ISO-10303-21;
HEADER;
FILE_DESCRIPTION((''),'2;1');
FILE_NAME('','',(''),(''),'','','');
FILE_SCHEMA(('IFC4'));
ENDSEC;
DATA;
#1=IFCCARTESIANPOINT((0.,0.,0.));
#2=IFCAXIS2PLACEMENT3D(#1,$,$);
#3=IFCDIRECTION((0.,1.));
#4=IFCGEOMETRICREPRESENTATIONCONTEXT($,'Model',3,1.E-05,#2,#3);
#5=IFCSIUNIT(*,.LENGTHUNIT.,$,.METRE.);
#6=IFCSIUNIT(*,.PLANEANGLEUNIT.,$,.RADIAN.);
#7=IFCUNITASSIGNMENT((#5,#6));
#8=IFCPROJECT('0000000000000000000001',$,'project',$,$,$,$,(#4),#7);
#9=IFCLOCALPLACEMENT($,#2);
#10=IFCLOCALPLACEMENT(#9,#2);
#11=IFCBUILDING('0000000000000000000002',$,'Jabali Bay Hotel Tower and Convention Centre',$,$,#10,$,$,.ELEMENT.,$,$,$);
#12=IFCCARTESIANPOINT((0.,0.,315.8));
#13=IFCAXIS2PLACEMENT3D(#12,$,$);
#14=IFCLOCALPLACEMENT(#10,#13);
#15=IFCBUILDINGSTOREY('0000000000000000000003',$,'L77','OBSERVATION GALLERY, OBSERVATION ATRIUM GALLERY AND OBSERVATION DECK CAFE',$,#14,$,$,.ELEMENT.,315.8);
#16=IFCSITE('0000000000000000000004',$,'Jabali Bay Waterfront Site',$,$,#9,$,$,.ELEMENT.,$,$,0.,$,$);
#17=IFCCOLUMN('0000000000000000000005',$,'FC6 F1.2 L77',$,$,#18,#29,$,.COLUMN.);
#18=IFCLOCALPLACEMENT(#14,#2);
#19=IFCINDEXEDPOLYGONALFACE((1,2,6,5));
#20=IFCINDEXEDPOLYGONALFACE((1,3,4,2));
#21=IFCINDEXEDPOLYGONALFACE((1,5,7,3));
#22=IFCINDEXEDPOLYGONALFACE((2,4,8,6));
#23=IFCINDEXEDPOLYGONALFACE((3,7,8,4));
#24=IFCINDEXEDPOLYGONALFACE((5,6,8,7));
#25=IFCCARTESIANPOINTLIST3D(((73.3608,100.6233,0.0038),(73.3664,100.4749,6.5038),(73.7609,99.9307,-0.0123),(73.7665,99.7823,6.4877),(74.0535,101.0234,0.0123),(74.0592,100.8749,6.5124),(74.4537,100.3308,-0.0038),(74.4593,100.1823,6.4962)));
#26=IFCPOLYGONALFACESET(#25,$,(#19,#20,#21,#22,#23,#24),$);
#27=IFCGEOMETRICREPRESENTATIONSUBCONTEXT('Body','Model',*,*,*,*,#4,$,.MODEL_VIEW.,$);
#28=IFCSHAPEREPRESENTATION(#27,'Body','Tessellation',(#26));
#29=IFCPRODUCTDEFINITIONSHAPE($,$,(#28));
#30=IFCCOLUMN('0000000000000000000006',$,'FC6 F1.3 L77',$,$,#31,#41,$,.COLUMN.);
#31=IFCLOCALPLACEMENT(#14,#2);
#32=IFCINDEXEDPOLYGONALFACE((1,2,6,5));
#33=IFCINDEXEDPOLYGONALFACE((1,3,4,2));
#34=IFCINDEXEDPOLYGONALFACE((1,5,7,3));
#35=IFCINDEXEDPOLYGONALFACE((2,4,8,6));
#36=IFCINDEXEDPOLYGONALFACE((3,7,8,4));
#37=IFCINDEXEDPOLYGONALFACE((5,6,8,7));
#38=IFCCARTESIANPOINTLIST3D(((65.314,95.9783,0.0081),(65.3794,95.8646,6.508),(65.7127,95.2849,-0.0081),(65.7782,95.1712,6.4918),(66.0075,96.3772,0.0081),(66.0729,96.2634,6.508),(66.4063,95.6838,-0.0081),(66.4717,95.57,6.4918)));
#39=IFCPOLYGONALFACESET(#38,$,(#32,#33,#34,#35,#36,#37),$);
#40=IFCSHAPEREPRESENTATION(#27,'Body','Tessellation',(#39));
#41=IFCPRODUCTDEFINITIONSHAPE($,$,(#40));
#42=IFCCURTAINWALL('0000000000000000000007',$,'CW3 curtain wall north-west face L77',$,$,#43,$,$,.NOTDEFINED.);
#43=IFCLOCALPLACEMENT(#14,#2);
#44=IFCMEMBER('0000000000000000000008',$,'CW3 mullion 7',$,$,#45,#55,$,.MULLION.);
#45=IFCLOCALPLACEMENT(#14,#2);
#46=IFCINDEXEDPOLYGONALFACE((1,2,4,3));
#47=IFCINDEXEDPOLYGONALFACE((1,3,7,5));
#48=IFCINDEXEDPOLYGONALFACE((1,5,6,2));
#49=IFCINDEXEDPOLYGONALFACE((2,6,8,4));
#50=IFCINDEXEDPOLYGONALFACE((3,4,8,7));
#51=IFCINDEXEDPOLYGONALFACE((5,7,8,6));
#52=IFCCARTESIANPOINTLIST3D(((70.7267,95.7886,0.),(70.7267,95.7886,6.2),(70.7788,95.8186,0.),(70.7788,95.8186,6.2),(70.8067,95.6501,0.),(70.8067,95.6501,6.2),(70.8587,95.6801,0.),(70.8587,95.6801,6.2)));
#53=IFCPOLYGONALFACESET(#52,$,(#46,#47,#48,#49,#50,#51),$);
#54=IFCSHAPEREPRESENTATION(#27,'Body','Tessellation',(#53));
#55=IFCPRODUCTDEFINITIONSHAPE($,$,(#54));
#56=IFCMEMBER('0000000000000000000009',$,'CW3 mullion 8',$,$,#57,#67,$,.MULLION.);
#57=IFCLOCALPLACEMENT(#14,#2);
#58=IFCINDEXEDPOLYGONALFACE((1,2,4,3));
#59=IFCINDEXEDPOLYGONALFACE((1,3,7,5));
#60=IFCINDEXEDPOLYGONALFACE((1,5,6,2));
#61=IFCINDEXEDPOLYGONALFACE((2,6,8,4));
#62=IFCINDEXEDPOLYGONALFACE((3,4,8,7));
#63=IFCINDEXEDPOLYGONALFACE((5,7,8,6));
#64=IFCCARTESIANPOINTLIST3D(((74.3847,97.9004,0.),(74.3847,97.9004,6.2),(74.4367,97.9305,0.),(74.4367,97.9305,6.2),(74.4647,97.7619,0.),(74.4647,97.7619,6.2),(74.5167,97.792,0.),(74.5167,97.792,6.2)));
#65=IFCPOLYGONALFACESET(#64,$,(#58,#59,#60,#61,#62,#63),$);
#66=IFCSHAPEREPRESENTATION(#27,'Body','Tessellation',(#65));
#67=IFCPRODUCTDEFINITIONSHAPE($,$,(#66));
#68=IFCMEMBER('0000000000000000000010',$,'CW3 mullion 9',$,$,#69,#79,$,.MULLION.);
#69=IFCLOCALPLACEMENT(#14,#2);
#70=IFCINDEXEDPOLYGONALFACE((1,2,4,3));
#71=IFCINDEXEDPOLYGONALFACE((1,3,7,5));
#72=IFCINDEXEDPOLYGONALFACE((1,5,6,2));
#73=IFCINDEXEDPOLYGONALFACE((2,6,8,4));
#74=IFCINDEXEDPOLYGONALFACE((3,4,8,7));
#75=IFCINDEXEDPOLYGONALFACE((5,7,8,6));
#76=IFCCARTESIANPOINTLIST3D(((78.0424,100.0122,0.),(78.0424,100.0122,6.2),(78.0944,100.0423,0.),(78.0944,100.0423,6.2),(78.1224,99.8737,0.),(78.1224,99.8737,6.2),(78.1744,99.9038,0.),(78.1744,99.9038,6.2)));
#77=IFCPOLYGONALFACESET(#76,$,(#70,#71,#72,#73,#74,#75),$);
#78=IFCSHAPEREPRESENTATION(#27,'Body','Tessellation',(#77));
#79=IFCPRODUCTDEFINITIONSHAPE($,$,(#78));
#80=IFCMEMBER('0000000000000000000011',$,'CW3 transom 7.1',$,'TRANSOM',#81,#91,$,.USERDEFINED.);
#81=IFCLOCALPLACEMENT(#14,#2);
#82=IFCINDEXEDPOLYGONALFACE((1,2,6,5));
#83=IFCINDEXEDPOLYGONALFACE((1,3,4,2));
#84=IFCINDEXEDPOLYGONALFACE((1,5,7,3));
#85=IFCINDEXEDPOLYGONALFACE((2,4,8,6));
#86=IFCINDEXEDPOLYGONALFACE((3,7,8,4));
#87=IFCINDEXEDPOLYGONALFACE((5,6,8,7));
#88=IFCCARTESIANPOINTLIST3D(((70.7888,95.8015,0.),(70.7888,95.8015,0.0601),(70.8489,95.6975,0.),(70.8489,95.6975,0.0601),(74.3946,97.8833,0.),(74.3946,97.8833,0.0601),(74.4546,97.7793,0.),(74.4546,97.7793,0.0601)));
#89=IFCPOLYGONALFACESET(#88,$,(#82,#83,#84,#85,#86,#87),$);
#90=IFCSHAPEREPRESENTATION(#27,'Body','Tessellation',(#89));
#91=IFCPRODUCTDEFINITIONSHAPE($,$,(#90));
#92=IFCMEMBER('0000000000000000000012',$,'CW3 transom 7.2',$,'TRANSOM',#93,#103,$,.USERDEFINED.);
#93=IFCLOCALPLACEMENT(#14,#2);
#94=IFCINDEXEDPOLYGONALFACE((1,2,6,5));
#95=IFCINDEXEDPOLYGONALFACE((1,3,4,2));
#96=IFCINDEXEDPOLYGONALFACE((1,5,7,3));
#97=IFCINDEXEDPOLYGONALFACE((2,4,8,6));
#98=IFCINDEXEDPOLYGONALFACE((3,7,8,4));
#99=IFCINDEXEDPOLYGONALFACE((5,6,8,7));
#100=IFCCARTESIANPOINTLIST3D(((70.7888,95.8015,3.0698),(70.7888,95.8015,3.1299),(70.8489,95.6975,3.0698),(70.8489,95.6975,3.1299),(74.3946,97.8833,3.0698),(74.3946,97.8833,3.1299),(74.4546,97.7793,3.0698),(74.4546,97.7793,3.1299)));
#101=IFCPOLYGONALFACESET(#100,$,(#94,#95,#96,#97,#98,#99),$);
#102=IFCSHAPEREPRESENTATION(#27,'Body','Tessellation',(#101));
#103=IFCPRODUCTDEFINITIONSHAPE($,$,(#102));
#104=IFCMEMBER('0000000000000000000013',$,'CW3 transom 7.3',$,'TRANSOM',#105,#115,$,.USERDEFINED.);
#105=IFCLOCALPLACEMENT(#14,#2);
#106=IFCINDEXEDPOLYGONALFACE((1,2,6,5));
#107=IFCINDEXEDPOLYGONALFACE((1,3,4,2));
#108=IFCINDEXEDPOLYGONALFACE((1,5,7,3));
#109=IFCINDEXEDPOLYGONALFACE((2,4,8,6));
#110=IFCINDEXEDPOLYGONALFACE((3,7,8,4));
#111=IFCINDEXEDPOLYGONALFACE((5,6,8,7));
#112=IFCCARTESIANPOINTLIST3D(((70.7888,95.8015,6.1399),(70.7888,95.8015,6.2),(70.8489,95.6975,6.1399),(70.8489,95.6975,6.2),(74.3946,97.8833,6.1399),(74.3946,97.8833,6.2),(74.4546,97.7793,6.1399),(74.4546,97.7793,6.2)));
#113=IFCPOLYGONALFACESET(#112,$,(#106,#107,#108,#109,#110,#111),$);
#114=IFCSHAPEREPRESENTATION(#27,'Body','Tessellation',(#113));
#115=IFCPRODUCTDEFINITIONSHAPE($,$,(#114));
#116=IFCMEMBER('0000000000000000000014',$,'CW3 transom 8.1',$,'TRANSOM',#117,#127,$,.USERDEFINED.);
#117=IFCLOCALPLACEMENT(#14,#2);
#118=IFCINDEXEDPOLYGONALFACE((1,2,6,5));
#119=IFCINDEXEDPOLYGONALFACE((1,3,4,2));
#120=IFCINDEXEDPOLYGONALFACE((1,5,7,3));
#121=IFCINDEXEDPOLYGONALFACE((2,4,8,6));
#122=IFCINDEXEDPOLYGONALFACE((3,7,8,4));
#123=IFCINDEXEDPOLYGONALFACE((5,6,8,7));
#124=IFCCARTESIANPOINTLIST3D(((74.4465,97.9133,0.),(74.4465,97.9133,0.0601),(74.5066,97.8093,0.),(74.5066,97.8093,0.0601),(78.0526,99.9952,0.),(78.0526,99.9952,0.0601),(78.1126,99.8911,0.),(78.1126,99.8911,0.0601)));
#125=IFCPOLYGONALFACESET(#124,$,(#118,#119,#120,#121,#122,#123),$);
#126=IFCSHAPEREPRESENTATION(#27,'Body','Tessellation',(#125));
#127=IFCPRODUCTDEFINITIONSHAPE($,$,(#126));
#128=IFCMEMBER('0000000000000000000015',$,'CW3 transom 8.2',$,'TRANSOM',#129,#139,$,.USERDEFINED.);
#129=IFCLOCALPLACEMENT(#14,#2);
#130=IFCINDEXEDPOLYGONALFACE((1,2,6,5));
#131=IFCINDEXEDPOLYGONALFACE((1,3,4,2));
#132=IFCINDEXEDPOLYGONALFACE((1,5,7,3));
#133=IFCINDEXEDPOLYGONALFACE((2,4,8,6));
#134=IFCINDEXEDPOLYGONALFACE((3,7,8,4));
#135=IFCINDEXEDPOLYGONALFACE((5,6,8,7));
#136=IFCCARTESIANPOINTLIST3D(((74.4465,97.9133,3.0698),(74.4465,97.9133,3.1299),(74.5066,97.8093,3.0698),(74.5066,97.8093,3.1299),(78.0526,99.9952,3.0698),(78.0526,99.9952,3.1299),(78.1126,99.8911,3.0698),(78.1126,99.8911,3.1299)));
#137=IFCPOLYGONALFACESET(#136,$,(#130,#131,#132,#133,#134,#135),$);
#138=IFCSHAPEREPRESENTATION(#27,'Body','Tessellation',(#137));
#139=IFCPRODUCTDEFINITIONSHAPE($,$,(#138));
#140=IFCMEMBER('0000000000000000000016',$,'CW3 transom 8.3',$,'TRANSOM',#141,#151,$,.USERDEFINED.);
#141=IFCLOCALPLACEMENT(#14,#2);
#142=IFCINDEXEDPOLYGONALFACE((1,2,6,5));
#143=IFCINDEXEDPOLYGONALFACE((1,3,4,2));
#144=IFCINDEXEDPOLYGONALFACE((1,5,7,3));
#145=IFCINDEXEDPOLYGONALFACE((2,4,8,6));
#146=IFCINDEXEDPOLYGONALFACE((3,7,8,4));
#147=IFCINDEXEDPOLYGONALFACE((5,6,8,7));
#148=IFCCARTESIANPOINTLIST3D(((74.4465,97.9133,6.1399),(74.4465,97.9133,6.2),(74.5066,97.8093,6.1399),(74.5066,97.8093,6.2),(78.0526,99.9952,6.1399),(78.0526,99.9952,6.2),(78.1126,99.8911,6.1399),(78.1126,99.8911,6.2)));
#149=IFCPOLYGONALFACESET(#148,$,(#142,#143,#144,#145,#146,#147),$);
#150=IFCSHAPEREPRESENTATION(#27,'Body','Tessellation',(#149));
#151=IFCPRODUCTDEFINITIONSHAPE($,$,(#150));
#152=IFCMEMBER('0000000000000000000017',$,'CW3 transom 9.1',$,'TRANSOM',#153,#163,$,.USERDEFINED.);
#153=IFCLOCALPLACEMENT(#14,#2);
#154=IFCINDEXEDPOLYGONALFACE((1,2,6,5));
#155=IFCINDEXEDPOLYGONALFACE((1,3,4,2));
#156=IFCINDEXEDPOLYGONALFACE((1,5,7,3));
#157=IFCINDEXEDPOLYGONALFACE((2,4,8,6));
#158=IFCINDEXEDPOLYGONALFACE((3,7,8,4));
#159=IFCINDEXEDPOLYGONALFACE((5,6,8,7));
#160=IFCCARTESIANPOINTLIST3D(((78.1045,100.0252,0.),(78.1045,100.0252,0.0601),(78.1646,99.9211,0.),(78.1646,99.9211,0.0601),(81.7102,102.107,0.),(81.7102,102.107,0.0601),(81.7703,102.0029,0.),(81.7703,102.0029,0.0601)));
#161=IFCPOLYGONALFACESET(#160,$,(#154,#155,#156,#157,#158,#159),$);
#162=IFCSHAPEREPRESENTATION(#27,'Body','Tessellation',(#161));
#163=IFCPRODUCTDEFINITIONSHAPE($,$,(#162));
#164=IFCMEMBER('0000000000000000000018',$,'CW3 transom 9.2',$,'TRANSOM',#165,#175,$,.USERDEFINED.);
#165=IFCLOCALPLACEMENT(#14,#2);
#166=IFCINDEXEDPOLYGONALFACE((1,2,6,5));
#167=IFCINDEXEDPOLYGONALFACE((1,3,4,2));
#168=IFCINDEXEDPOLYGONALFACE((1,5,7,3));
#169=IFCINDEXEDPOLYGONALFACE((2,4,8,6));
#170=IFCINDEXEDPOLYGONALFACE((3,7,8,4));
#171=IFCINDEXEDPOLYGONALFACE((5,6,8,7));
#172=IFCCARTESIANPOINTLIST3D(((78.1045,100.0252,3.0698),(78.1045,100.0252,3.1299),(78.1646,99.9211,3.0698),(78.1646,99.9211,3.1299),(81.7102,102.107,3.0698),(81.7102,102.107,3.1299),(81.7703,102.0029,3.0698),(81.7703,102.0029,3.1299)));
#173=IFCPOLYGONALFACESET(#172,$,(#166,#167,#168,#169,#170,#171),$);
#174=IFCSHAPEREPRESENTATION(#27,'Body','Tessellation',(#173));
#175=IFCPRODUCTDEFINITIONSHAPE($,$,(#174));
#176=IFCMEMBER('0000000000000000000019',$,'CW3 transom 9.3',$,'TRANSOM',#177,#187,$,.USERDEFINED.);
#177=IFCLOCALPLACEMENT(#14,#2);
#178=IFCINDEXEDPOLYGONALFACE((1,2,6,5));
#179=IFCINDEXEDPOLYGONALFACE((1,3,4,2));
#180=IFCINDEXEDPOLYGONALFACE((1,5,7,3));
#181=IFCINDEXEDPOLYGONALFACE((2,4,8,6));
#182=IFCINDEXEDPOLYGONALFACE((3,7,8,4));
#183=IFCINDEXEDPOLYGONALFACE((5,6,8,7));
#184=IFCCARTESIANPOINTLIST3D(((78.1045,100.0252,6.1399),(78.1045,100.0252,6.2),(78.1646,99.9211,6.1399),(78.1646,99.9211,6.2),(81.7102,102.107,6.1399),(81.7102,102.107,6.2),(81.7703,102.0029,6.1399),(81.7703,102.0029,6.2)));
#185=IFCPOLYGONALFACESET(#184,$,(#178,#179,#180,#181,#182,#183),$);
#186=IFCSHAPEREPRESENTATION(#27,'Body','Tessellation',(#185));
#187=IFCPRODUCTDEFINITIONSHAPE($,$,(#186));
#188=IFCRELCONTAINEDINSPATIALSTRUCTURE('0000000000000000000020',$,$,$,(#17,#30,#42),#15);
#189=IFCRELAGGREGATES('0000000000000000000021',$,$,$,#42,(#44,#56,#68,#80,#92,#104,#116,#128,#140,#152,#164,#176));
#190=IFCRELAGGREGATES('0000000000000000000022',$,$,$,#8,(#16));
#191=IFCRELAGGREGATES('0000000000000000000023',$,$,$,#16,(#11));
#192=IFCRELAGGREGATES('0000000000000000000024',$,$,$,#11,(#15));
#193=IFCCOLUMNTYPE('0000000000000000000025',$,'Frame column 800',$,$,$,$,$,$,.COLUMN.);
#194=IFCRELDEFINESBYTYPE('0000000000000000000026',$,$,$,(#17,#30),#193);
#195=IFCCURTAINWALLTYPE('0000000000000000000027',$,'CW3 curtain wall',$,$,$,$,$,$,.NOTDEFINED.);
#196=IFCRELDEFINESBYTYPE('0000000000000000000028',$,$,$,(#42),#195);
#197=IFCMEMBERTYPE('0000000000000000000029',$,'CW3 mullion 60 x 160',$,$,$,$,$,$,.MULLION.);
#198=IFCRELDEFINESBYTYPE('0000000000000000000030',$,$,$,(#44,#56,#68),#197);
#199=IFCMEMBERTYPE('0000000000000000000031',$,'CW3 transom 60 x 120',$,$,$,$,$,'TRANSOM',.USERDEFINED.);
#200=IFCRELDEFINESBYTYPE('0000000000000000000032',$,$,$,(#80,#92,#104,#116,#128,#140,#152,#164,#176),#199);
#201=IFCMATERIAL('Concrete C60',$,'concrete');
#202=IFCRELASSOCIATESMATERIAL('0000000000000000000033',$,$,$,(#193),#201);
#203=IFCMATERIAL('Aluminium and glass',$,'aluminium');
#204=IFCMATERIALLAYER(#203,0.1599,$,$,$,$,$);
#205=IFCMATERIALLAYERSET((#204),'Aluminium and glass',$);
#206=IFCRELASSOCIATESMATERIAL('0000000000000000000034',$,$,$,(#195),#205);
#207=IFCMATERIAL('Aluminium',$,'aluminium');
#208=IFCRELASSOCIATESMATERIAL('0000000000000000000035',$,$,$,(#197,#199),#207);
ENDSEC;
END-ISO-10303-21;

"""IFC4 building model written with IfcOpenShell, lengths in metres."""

from ifc_helpers import new_model, si_unit, direction, frame, origin, origin_2d, place, context, subcontext, project, spatial, rectangle, extrude, material, layer, layer_set, material_profile, profile_set, type_object, element, aggregate, save


model = new_model("IFC4")

# Units and contexts
model_context = context("Model", 3, precision=1e-05, world=origin(), true_north=direction((0.0, 1.0)))
body_context = subcontext(model_context, "Body", "Model", "MODEL_VIEW")
ifc_project = project(units=[si_unit("LENGTHUNIT", "METRE"), si_unit("PLANEANGLEUNIT", "RADIAN")], contexts=[model_context])

# Site, building, storey
site_placement = place(None, origin())
site = spatial("IfcSite", under=ifc_project, at=site_placement, Name="Jabali Bay Waterfront Site", CompositionType="ELEMENT", RefElevation=0.0)
building_placement = place(site_placement, origin())
building = spatial("IfcBuilding", under=site, at=building_placement, Name="Jabali Bay Hotel Tower and Convention Centre", CompositionType="ELEMENT")
storey_placement = place(building_placement, frame((0.0, 0.0, 315.8)))
storey = spatial("IfcBuildingStorey", under=building, at=storey_placement, Name="L77", Description="OBSERVATION GALLERY, OBSERVATION ATRIUM GALLERY AND OBSERVATION DECK CAFE", CompositionType="ELEMENT", Elevation=315.8)

# Columns
ifc_material_1 = material(Name="Concrete C60", Category="concrete")
ifc_material_profile_1 = material_profile(ifc_material_1, rectangle(XDim=0.8, YDim=0.8, at=origin_2d()), Name="Frame column 800")
ifc_profile_set_1 = profile_set([ifc_material_profile_1], Name="Concrete C60")
column_type = type_object("IfcColumnType", Name="Frame column 800", PredefinedType="COLUMN", material=ifc_profile_set_1)
column_1_placement = place(storey_placement, frame((73.9072, 100.4771, 0.0), z_axis=(0.000864, -0.022831, 0.999739), x_axis=(0.865928, 0.500055, 0.010671)))
element("IfcColumn", 1, at=column_1_placement, inside=storey, type_object=column_type, Name="FC6 F1.2 L77", PredefinedType="COLUMN", context=body_context, shape_type="SweptSolid", body=[
    extrude(rectangle(XDim=0.8, YDim=0.8, at=origin_2d()), origin(), (0.0, 0.0, 1.0), 6.5017),
])
column_2_placement = place(storey_placement, frame((65.8601, 95.8311, 0.0), z_axis=(0.010064, -0.017499, 0.999796), x_axis=(-0.498437, 0.866691, 0.020187)))
element("IfcColumn", 2, at=column_2_placement, inside=storey, type_object=column_type, Name="FC6 F1.3 L77", PredefinedType="COLUMN", context=body_context, shape_type="SweptSolid", body=[
    extrude(rectangle(XDim=0.8, YDim=0.8, at=origin_2d()), origin(), (0.0, 0.0, 1.0), 6.5012),
])

# Curtain wall, members
ifc_material_2 = material(Name="Aluminium and glass", Category="aluminium")
ifc_layer_1 = layer(ifc_material_2, 0.1599)
ifc_layer_set_1 = layer_set([ifc_layer_1], Name="Aluminium and glass")
curtain_wall_type = type_object("IfcCurtainWallType", Name="CW3 curtain wall", PredefinedType="NOTDEFINED", material=ifc_layer_set_1)
curtain_wall_placement = place(storey_placement, origin())
curtain_wall = element("IfcCurtainWall", 3, at=curtain_wall_placement, inside=storey, type_object=curtain_wall_type, Name="CW3 curtain wall north-west face L77", PredefinedType="NOTDEFINED")
ifc_material_3 = material(Name="Aluminium", Category="aluminium")
ifc_material_profile_2 = material_profile(ifc_material_3, rectangle(XDim=0.1599, YDim=0.0601, at=origin_2d()), Name="CW3 mullion 60 x 160")
ifc_profile_set_2 = profile_set([ifc_material_profile_2], Name="Aluminium")
member_type_1 = type_object("IfcMemberType", Name="CW3 mullion 60 x 160", PredefinedType="MULLION", material=ifc_profile_set_2)
member_1_placement = place(storey_placement, frame((70.7927, 95.7344, 0.0), z_axis=(0.0, 0.0, 1.0), x_axis=(-0.5, 0.866025, 0.0)))
member_1 = element("IfcMember", 4, at=member_1_placement, type_object=member_type_1, Name="CW3 mullion 7", PredefinedType="MULLION", context=body_context, shape_type="SweptSolid", body=[
    extrude(rectangle(XDim=0.1599, YDim=0.0601, at=origin_2d()), origin(), (0.0, 0.0, 1.0), 6.2),
])
member_2_placement = place(storey_placement, frame((74.4507, 97.8462, 0.0), z_axis=(0.0, 0.0, 1.0), x_axis=(-0.5, 0.866025, 0.0)))
member_2 = element("IfcMember", 5, at=member_2_placement, type_object=member_type_1, Name="CW3 mullion 8", PredefinedType="MULLION", context=body_context, shape_type="SweptSolid", body=[
    extrude(rectangle(XDim=0.1599, YDim=0.0601, at=origin_2d()), origin(), (0.0, 0.0, 1.0), 6.2),
])
member_3_placement = place(storey_placement, frame((78.1084, 99.958, 0.0), z_axis=(0.0, 0.0, 1.0), x_axis=(-0.5, 0.866025, 0.0)))
member_3 = element("IfcMember", 6, at=member_3_placement, type_object=member_type_1, Name="CW3 mullion 9", PredefinedType="MULLION", context=body_context, shape_type="SweptSolid", body=[
    extrude(rectangle(XDim=0.1599, YDim=0.0601, at=origin_2d()), origin(), (0.0, 0.0, 1.0), 6.2),
])
ifc_material_profile_3 = material_profile(ifc_material_3, rectangle(XDim=0.1201, YDim=0.0601, at=origin_2d()), Name="CW3 transom 60 x 120")
ifc_profile_set_3 = profile_set([ifc_material_profile_3], Name="Aluminium")
member_type_2 = type_object("IfcMemberType", Name="CW3 transom 60 x 120", ElementType="TRANSOM", PredefinedType="USERDEFINED", material=ifc_profile_set_3)
member_4_placement = place(storey_placement, frame((70.8188, 95.7495, 0.03), z_axis=(0.866023, 0.500005, 0.0), x_axis=(-0.500005, 0.866023, 0.0)))
member_4 = element("IfcMember", 7, at=member_4_placement, type_object=member_type_2, Name="CW3 transom 7.1", ObjectType="TRANSOM", PredefinedType="USERDEFINED", context=body_context, shape_type="SweptSolid", body=[
    extrude(rectangle(XDim=0.1201, YDim=0.0601, at=origin_2d()), origin(), (0.0, 0.0, 1.0), 4.1636),
])
member_5_placement = place(storey_placement, frame((70.8188, 95.7495, 3.0999), z_axis=(0.866023, 0.500005, 0.0), x_axis=(-0.500005, 0.866023, 0.0)))
member_5 = element("IfcMember", 8, at=member_5_placement, type_object=member_type_2, Name="CW3 transom 7.2", ObjectType="TRANSOM", PredefinedType="USERDEFINED", context=body_context, shape_type="SweptSolid", body=[
    extrude(rectangle(XDim=0.1201, YDim=0.0601, at=origin_2d()), origin(), (0.0, 0.0, 1.0), 4.1636),
])
member_6_placement = place(storey_placement, frame((70.8188, 95.7495, 6.1699), z_axis=(0.866023, 0.500005, 0.0), x_axis=(-0.500005, 0.866023, 0.0)))
member_6 = element("IfcMember", 9, at=member_6_placement, type_object=member_type_2, Name="CW3 transom 7.3", ObjectType="TRANSOM", PredefinedType="USERDEFINED", context=body_context, shape_type="SweptSolid", body=[
    extrude(rectangle(XDim=0.1201, YDim=0.0601, at=origin_2d()), origin(), (0.0, 0.0, 1.0), 4.1636),
])
member_7_placement = place(storey_placement, frame((74.4766, 97.8613, 0.03), z_axis=(0.866037, 0.49998, 0.0), x_axis=(-0.49998, 0.866037, 0.0)))
member_7 = element("IfcMember", 10, at=member_7_placement, type_object=member_type_2, Name="CW3 transom 8.1", ObjectType="TRANSOM", PredefinedType="USERDEFINED", context=body_context, shape_type="SweptSolid", body=[
    extrude(rectangle(XDim=0.1201, YDim=0.0601, at=origin_2d()), origin(), (0.0, 0.0, 1.0), 4.1638),
])
member_8_placement = place(storey_placement, frame((74.4766, 97.8613, 3.0999), z_axis=(0.866037, 0.49998, 0.0), x_axis=(-0.49998, 0.866037, 0.0)))
member_8 = element("IfcMember", 11, at=member_8_placement, type_object=member_type_2, Name="CW3 transom 8.2", ObjectType="TRANSOM", PredefinedType="USERDEFINED", context=body_context, shape_type="SweptSolid", body=[
    extrude(rectangle(XDim=0.1201, YDim=0.0601, at=origin_2d()), origin(), (0.0, 0.0, 1.0), 4.1638),
])
member_9_placement = place(storey_placement, frame((74.4766, 97.8613, 6.1699), z_axis=(0.866037, 0.49998, 0.0), x_axis=(-0.49998, 0.866037, 0.0)))
member_9 = element("IfcMember", 12, at=member_9_placement, type_object=member_type_2, Name="CW3 transom 8.3", ObjectType="TRANSOM", PredefinedType="USERDEFINED", context=body_context, shape_type="SweptSolid", body=[
    extrude(rectangle(XDim=0.1201, YDim=0.0601, at=origin_2d()), origin(), (0.0, 0.0, 1.0), 4.1638),
])
member_10_placement = place(storey_placement, frame((78.1345, 99.9731, 0.03), z_axis=(0.866023, 0.500005, 0.0), x_axis=(-0.500005, 0.866023, 0.0)))
member_10 = element("IfcMember", 13, at=member_10_placement, type_object=member_type_2, Name="CW3 transom 9.1", ObjectType="TRANSOM", PredefinedType="USERDEFINED", context=body_context, shape_type="SweptSolid", body=[
    extrude(rectangle(XDim=0.1201, YDim=0.0601, at=origin_2d()), origin(), (0.0, 0.0, 1.0), 4.1636),
])
member_11_placement = place(storey_placement, frame((78.1345, 99.9731, 3.0999), z_axis=(0.866023, 0.500005, 0.0), x_axis=(-0.500005, 0.866023, 0.0)))
member_11 = element("IfcMember", 14, at=member_11_placement, type_object=member_type_2, Name="CW3 transom 9.2", ObjectType="TRANSOM", PredefinedType="USERDEFINED", context=body_context, shape_type="SweptSolid", body=[
    extrude(rectangle(XDim=0.1201, YDim=0.0601, at=origin_2d()), origin(), (0.0, 0.0, 1.0), 4.1636),
])
member_12_placement = place(storey_placement, frame((78.1345, 99.9731, 6.1699), z_axis=(0.866023, 0.500005, 0.0), x_axis=(-0.500005, 0.866023, 0.0)))
member_12 = element("IfcMember", 15, at=member_12_placement, type_object=member_type_2, Name="CW3 transom 9.3", ObjectType="TRANSOM", PredefinedType="USERDEFINED", context=body_context, shape_type="SweptSolid", body=[
    extrude(rectangle(XDim=0.1201, YDim=0.0601, at=origin_2d()), origin(), (0.0, 0.0, 1.0), 4.1636),
])

aggregate(curtain_wall, [member_1, member_2, member_3, member_4, member_5, member_6, member_7, member_8, member_9, member_10, member_11, member_12])

save(model, "model.ifc")
